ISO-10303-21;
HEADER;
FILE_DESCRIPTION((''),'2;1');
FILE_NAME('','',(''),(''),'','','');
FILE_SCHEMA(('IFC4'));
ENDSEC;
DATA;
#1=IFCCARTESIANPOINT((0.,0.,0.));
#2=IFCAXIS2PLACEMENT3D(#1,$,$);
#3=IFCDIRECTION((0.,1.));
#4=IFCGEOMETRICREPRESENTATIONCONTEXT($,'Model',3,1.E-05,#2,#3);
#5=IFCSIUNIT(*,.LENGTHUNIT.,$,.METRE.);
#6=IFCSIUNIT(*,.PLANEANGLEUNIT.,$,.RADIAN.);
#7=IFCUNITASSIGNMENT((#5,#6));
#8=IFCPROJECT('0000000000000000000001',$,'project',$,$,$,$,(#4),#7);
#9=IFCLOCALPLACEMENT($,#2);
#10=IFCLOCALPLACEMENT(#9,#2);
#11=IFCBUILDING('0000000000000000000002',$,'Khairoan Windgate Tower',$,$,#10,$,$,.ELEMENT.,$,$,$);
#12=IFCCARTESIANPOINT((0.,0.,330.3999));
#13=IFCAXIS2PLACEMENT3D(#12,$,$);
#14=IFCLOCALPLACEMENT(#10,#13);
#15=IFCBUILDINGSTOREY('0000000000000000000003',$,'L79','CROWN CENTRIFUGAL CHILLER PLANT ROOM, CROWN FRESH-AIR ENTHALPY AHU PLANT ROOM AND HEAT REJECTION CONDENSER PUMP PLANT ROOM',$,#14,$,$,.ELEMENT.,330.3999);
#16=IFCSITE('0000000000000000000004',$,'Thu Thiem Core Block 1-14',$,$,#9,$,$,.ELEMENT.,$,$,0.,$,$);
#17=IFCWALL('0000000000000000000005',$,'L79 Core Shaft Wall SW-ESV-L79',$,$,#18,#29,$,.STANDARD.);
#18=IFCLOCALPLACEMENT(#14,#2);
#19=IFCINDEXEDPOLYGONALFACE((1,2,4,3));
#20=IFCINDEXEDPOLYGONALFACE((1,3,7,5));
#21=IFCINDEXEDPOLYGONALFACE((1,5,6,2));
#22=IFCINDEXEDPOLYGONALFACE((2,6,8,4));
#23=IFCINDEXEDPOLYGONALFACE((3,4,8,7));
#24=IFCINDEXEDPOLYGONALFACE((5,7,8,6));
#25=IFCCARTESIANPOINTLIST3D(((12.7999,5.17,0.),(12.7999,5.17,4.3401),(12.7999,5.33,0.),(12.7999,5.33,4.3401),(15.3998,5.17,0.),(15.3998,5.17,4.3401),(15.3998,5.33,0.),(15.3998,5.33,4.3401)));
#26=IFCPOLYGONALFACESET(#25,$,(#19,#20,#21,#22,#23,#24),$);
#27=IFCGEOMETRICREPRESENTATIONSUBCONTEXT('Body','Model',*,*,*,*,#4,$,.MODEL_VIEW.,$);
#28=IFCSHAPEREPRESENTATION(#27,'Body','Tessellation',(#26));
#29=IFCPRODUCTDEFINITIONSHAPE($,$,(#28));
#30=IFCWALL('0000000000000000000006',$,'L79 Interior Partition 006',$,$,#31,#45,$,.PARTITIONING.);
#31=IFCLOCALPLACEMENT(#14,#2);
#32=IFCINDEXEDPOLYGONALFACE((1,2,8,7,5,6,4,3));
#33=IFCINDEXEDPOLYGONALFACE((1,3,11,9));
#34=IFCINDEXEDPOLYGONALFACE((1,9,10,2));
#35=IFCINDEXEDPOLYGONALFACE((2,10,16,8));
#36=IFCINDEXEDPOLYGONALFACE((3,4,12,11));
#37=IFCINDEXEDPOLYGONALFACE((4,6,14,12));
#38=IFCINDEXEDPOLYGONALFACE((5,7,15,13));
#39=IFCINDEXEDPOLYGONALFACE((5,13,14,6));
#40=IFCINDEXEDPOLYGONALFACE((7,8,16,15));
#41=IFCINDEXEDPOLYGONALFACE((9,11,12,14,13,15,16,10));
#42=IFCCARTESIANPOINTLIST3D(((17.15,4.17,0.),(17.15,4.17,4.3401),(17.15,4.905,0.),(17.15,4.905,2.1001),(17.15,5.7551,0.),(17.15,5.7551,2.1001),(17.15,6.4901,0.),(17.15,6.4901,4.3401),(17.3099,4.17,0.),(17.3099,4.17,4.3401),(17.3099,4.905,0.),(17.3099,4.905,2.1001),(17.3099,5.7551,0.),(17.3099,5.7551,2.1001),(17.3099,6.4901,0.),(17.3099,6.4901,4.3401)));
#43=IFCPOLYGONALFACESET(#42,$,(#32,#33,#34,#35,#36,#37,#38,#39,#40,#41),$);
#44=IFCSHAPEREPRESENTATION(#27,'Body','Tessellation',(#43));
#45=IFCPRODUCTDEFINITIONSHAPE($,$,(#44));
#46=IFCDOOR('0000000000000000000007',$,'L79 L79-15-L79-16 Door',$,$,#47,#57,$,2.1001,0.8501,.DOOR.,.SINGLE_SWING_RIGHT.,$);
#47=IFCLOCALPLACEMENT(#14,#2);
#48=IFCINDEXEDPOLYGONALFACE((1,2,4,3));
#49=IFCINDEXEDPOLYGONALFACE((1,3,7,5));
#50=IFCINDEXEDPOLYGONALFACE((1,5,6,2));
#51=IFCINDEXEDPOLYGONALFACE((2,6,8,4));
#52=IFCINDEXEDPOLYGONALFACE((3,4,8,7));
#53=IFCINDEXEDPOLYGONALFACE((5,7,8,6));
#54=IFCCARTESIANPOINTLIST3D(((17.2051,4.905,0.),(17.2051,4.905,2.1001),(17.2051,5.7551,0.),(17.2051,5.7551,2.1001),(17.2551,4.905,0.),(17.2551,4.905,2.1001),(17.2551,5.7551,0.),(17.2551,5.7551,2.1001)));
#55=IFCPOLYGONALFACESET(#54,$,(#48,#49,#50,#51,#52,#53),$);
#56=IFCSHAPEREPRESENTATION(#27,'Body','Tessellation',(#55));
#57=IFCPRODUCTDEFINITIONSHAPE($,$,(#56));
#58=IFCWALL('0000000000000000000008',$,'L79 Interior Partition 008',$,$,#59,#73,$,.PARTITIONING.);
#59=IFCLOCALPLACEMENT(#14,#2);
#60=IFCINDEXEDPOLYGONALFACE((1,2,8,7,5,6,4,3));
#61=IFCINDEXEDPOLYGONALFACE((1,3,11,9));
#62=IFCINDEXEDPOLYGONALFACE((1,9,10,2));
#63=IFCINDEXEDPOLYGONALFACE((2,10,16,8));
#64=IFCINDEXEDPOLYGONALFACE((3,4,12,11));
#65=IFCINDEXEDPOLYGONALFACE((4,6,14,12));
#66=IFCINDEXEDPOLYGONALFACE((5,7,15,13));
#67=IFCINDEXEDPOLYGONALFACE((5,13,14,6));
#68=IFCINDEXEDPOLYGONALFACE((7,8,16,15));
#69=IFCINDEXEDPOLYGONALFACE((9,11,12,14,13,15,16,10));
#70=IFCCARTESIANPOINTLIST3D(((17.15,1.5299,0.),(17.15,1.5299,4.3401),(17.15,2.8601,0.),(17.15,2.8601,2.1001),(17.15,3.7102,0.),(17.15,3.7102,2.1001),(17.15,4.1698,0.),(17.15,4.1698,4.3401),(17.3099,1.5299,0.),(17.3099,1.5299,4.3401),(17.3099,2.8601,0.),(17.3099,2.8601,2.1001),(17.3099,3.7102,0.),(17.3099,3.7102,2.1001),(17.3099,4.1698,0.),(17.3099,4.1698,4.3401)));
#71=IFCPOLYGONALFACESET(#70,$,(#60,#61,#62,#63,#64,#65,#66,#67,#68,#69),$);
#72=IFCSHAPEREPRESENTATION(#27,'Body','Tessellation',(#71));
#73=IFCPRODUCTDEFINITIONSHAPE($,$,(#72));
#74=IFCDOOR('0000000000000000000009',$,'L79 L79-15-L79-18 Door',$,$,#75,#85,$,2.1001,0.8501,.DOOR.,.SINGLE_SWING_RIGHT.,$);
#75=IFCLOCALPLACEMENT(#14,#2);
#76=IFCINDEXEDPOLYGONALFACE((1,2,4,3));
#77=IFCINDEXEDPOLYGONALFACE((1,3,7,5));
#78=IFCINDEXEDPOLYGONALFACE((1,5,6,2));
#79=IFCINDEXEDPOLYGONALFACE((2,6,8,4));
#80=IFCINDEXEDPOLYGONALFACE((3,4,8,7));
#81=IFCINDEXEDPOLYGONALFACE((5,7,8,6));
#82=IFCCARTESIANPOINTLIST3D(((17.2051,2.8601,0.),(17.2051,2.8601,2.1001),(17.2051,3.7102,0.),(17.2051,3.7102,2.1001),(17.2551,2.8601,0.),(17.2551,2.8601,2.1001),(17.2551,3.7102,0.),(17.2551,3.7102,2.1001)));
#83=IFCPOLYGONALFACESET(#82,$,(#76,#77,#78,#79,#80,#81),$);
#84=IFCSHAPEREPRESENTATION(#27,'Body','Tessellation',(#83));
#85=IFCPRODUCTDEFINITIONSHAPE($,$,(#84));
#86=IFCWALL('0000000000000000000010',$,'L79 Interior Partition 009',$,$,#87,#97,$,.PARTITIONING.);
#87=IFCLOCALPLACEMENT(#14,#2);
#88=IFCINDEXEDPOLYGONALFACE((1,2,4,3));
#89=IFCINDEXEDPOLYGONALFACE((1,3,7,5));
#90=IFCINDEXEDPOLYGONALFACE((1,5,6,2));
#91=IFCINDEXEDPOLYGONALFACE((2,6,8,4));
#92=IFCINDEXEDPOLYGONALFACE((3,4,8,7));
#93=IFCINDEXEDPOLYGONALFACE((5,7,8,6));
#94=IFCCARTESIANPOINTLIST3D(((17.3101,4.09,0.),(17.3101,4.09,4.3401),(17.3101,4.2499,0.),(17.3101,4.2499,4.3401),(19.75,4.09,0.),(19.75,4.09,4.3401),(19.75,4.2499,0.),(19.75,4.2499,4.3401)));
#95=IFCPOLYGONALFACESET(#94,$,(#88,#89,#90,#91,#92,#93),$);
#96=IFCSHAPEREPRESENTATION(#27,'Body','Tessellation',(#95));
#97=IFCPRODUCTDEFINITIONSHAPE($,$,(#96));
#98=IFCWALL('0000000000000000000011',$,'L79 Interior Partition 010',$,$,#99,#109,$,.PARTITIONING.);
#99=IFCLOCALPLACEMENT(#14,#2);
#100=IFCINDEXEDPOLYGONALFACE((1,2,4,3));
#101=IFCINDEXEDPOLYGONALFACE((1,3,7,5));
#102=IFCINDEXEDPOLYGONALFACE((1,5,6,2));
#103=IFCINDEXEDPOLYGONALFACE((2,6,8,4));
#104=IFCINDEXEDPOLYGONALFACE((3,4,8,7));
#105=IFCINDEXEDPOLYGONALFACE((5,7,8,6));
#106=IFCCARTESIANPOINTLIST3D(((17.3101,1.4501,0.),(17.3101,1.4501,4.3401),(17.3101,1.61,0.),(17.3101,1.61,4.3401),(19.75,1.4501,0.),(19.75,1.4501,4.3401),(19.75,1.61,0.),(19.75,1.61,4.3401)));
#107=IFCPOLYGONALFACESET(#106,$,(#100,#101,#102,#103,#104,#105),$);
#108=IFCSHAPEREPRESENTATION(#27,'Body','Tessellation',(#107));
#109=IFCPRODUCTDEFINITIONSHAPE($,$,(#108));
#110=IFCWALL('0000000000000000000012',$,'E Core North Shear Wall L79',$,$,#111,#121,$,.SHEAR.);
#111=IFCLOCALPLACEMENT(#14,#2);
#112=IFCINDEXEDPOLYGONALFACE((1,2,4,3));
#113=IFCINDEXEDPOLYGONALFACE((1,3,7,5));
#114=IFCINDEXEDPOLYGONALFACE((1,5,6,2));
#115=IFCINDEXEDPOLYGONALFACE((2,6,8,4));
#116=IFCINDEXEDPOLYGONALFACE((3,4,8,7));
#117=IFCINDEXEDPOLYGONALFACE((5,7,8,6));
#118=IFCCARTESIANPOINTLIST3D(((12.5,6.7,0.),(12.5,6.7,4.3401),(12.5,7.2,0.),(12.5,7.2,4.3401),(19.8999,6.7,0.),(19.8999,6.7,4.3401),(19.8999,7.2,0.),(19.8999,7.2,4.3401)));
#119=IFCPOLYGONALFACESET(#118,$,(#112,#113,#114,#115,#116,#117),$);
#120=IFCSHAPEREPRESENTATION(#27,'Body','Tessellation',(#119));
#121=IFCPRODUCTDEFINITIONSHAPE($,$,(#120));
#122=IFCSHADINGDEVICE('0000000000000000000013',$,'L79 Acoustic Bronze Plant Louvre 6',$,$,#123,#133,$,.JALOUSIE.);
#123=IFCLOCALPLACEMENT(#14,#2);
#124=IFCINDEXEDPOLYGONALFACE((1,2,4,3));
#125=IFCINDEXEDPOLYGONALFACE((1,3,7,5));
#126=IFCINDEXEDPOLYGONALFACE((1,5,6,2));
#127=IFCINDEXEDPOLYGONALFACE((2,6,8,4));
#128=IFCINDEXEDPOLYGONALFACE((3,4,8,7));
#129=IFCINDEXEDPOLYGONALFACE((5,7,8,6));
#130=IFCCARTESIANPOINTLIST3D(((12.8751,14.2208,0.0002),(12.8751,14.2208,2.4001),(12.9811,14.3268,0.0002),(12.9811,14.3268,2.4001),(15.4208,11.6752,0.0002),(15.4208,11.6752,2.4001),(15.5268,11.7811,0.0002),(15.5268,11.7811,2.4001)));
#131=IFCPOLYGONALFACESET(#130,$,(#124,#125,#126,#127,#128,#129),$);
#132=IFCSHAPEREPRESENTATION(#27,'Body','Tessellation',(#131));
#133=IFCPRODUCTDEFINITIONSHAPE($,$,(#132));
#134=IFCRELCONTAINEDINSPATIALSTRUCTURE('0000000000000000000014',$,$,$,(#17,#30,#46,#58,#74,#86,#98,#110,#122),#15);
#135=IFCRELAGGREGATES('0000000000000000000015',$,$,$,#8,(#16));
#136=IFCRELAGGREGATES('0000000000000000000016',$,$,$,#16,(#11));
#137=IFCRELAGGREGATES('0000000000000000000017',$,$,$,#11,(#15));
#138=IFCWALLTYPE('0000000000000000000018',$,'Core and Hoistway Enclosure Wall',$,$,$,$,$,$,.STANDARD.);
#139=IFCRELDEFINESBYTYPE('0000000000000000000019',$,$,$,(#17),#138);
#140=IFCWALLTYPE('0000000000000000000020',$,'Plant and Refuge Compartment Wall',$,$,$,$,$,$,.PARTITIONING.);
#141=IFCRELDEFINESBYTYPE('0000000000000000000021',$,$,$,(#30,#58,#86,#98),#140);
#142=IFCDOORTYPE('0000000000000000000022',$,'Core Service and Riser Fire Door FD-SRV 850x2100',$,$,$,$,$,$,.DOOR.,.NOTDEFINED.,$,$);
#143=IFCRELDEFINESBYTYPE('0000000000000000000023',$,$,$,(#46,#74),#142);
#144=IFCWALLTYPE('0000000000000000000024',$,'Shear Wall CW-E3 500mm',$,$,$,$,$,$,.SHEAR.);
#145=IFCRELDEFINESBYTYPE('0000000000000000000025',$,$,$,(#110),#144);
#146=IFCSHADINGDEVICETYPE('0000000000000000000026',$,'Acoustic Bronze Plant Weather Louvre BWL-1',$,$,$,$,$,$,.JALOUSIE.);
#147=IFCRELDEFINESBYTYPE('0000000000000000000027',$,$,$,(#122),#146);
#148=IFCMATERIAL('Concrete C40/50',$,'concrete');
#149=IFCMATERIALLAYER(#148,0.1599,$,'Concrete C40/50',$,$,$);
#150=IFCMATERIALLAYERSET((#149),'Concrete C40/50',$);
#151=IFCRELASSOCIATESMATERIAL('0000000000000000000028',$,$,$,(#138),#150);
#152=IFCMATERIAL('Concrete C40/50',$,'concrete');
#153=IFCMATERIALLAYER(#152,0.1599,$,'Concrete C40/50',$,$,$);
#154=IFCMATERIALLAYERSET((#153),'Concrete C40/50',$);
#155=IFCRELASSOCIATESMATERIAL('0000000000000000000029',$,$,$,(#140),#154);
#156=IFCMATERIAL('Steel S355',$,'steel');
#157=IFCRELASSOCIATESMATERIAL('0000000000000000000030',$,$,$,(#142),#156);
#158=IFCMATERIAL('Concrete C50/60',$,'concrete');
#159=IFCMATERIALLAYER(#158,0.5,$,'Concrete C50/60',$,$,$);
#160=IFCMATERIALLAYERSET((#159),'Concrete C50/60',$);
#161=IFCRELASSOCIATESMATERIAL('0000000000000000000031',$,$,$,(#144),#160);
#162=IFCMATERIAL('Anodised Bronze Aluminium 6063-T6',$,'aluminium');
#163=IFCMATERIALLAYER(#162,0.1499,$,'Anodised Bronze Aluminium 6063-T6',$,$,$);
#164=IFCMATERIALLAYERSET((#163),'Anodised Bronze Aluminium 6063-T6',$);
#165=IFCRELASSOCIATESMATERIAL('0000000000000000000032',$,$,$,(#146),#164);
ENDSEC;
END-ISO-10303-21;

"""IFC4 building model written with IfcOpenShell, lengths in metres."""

from ifc_helpers import new_model, si_unit, direction, frame, frame_2d, origin, origin_2d, place, context, subcontext, project, spatial, rectangle, extrude, material, layer, layer_set, type_object, element, fill, save


model = new_model("IFC4")

# Units and contexts
model_context = context("Model", 3, precision=1e-05, world=origin(), true_north=direction((0.0, 1.0)))
body_context = subcontext(model_context, "Body", "Model", "MODEL_VIEW")
ifc_project = project(units=[si_unit("LENGTHUNIT", "METRE"), si_unit("PLANEANGLEUNIT", "RADIAN")], contexts=[model_context])

# Site, building, storey
site_placement = place(None, origin())
site = spatial("IfcSite", under=ifc_project, at=site_placement, Name="Thu Thiem Core Block 1-14", CompositionType="ELEMENT", RefElevation=0.0)
building_placement = place(site_placement, origin())
building = spatial("IfcBuilding", under=site, at=building_placement, Name="Khairoan Windgate Tower", CompositionType="ELEMENT")
storey_placement = place(building_placement, frame((0.0, 0.0, 330.3999)))
storey = spatial("IfcBuildingStorey", under=building, at=storey_placement, Name="L79", Description="CROWN CENTRIFUGAL CHILLER PLANT ROOM, CROWN FRESH-AIR ENTHALPY AHU PLANT ROOM AND HEAT REJECTION CONDENSER PUMP PLANT ROOM", CompositionType="ELEMENT", Elevation=330.3999)

# Wall
ifc_material_1 = material(Name="Concrete C40/50", Category="concrete")
ifc_layer_1 = layer(ifc_material_1, 0.1599, Name="Concrete C40/50")
ifc_layer_set_1 = layer_set([ifc_layer_1], Name="Concrete C40/50")
wall_type_1 = type_object("IfcWallType", Name="Core and Hoistway Enclosure Wall", PredefinedType="STANDARD", material=ifc_layer_set_1)
wall_1_placement = place(storey_placement, frame((12.8, 5.25, 0.0), z_axis=(0.0, 0.0, 1.0), x_axis=(1.0, 0.0, 0.0)))
element("IfcWall", 1, at=wall_1_placement, inside=storey, type_object=wall_type_1, Name="L79 Core Shaft Wall SW-ESV-L79", PredefinedType="STANDARD", context=body_context, shape_type="SweptSolid", body=[
    extrude(rectangle(XDim=2.5999, YDim=0.1599, at=frame_2d((1.2998, 0.0))), origin(), (0.0, 0.0, 1.0), 4.3401),
])

# Walls, openings, doors
ifc_material_2 = material(Name="Concrete C40/50", Category="concrete")
ifc_layer_2 = layer(ifc_material_2, 0.1599, Name="Concrete C40/50")
ifc_layer_set_2 = layer_set([ifc_layer_2], Name="Concrete C40/50")
wall_type_2 = type_object("IfcWallType", Name="Plant and Refuge Compartment Wall", PredefinedType="PARTITIONING", material=ifc_layer_set_2)
wall_2_placement = place(storey_placement, frame((17.23, 4.1699, 0.0), z_axis=(0.0, 0.0, 1.0), x_axis=(0.0, 1.0, 0.0)))
wall_2 = element("IfcWall", 2, at=wall_2_placement, inside=storey, type_object=wall_type_2, Name="L79 Interior Partition 006", PredefinedType="PARTITIONING", context=body_context, shape_type="SweptSolid", body=[
    extrude(rectangle(XDim=2.3201, YDim=0.1599, at=frame_2d((1.1602, 0.0))), origin(), (0.0, 0.0, 1.0), 4.3401),
])
opening_1_placement = place(wall_2_placement, frame((0.7351, 0.0, 0.0)))
opening_1 = element("IfcOpeningElement", 3, at=opening_1_placement, cuts=wall_2, PredefinedType="OPENING", context=body_context, shape_type="SweptSolid", body=[
    extrude(rectangle(XDim=0.8501, YDim=2.1001, at=frame_2d((0.425, 1.05))), frame((0.0, 0.0898, 0.0), z_axis=(0.0, -1.0, 0.0), x_axis=(1.0, 0.0, 0.0)), (0.0, 0.0, 1.0), 0.1799),
])
ifc_material_3 = material(Name="Steel S355", Category="steel")
door_type = type_object("IfcDoorType", Name="Core Service and Riser Fire Door FD-SRV 850x2100", OperationType="NOTDEFINED", PredefinedType="DOOR", material=ifc_material_3)
door_1_placement = place(opening_1_placement, origin())
door_1 = element("IfcDoor", 4, at=door_1_placement, inside=storey, type_object=door_type, Name="L79 L79-15-L79-16 Door", OperationType="SINGLE_SWING_RIGHT", OverallHeight=2.1001, OverallWidth=0.8501, PredefinedType="DOOR", context=body_context, shape_type="SweptSolid", body=[
    extrude(rectangle(XDim=0.8501, YDim=2.1001, at=frame_2d((0.425, 1.05))), frame((0.0, 0.0249, 0.0), z_axis=(0.0, -1.0, 0.0), x_axis=(1.0, 0.0, 0.0)), (0.0, 0.0, 1.0), 0.05),
])
fill(opening_1, door_1)
wall_3_placement = place(storey_placement, frame((17.23, 1.53, 0.0), z_axis=(0.0, 0.0, 1.0), x_axis=(0.0, 1.0, 0.0)))
wall_3 = element("IfcWall", 5, at=wall_3_placement, inside=storey, type_object=wall_type_2, Name="L79 Interior Partition 008", PredefinedType="PARTITIONING", context=body_context, shape_type="SweptSolid", body=[
    extrude(rectangle(XDim=2.6399, YDim=0.1599, at=frame_2d((1.3198, 0.0))), origin(), (0.0, 0.0, 1.0), 4.3401),
])
opening_2_placement = place(wall_3_placement, frame((1.3301, 0.0, 0.0)))
opening_2 = element("IfcOpeningElement", 6, at=opening_2_placement, cuts=wall_3, PredefinedType="OPENING", context=body_context, shape_type="SweptSolid", body=[
    extrude(rectangle(XDim=0.8501, YDim=2.1001, at=frame_2d((0.425, 1.05))), frame((0.0, 0.0898, 0.0), z_axis=(0.0, -1.0, 0.0), x_axis=(1.0, 0.0, 0.0)), (0.0, 0.0, 1.0), 0.1799),
])
door_2_placement = place(opening_2_placement, origin())
door_2 = element("IfcDoor", 7, at=door_2_placement, inside=storey, type_object=door_type, Name="L79 L79-15-L79-18 Door", OperationType="SINGLE_SWING_RIGHT", OverallHeight=2.1001, OverallWidth=0.8501, PredefinedType="DOOR", context=body_context, shape_type="SweptSolid", body=[
    extrude(rectangle(XDim=0.8501, YDim=2.1001, at=frame_2d((0.425, 1.05))), frame((0.0, 0.0249, 0.0), z_axis=(0.0, -1.0, 0.0), x_axis=(1.0, 0.0, 0.0)), (0.0, 0.0, 1.0), 0.05),
])
fill(opening_2, door_2)

# Walls
for number, where, z_axis, x_axis, name in (
    (8, (17.3101, 4.1699, 0.0), (0.0, 0.0, 1.0), (1.0, 0.0, 0.0), "L79 Interior Partition 009"),
    (9, (17.3101, 1.53, 0.0), (0.0, 0.0, 1.0), (1.0, 0.0, 0.0), "L79 Interior Partition 010"),
):
    element("IfcWall", number, at=place(storey_placement, frame(where, z_axis=z_axis, x_axis=x_axis)), inside=storey, type_object=wall_type_2, Name=name, PredefinedType="PARTITIONING", context=body_context, shape_type="SweptSolid", body=[
        extrude(rectangle(XDim=2.4399, YDim=0.1599, at=frame_2d((1.22, 0.0))), origin(), (0.0, 0.0, 1.0), 4.3401),
    ])
ifc_material_4 = material(Name="Concrete C50/60", Category="concrete")
ifc_layer_3 = layer(ifc_material_4, 0.5, Name="Concrete C50/60")
ifc_layer_set_3 = layer_set([ifc_layer_3], Name="Concrete C50/60")
wall_type_3 = type_object("IfcWallType", Name="Shear Wall CW-E3 500mm", PredefinedType="SHEAR", material=ifc_layer_set_3)
wall_4_placement = place(storey_placement, frame((12.5, 6.95, 0.0), z_axis=(0.0, 0.0, 1.0), x_axis=(1.0, 0.0, 0.0)))
element("IfcWall", 10, at=wall_4_placement, inside=storey, type_object=wall_type_3, Name="E Core North Shear Wall L79", PredefinedType="SHEAR", context=body_context, shape_type="SweptSolid", body=[
    extrude(rectangle(XDim=7.3999, YDim=0.5, at=frame_2d((3.7, 0.0))), origin(), (0.0, 0.0, 1.0), 4.3401),
])

# Shading device
ifc_material_5 = material(Name="Anodised Bronze Aluminium 6063-T6", Category="aluminium")
ifc_layer_4 = layer(ifc_material_5, 0.1499, Name="Anodised Bronze Aluminium 6063-T6")
ifc_layer_set_4 = layer_set([ifc_layer_4], Name="Anodised Bronze Aluminium 6063-T6")
shading_device_type = type_object("IfcShadingDeviceType", Name="Acoustic Bronze Plant Weather Louvre BWL-1", PredefinedType="JALOUSIE", material=ifc_layer_set_4)
shading_device_placement = place(storey_placement, frame((14.2009, 13.001, 0.0002), z_axis=(0.0, 0.0, 1.0), x_axis=(0.707107, -0.707107, 0.0)))
element("IfcShadingDevice", 11, at=shading_device_placement, inside=storey, type_object=shading_device_type, Name="L79 Acoustic Bronze Plant Louvre 6", PredefinedType="JALOUSIE", context=body_context, shape_type="SweptSolid", body=[
    extrude(rectangle(XDim=3.6001, YDim=0.1499, at=origin_2d()), origin(), (0.0, 0.0, 1.0), 2.3999),
])

save(model, "model.ifc")
